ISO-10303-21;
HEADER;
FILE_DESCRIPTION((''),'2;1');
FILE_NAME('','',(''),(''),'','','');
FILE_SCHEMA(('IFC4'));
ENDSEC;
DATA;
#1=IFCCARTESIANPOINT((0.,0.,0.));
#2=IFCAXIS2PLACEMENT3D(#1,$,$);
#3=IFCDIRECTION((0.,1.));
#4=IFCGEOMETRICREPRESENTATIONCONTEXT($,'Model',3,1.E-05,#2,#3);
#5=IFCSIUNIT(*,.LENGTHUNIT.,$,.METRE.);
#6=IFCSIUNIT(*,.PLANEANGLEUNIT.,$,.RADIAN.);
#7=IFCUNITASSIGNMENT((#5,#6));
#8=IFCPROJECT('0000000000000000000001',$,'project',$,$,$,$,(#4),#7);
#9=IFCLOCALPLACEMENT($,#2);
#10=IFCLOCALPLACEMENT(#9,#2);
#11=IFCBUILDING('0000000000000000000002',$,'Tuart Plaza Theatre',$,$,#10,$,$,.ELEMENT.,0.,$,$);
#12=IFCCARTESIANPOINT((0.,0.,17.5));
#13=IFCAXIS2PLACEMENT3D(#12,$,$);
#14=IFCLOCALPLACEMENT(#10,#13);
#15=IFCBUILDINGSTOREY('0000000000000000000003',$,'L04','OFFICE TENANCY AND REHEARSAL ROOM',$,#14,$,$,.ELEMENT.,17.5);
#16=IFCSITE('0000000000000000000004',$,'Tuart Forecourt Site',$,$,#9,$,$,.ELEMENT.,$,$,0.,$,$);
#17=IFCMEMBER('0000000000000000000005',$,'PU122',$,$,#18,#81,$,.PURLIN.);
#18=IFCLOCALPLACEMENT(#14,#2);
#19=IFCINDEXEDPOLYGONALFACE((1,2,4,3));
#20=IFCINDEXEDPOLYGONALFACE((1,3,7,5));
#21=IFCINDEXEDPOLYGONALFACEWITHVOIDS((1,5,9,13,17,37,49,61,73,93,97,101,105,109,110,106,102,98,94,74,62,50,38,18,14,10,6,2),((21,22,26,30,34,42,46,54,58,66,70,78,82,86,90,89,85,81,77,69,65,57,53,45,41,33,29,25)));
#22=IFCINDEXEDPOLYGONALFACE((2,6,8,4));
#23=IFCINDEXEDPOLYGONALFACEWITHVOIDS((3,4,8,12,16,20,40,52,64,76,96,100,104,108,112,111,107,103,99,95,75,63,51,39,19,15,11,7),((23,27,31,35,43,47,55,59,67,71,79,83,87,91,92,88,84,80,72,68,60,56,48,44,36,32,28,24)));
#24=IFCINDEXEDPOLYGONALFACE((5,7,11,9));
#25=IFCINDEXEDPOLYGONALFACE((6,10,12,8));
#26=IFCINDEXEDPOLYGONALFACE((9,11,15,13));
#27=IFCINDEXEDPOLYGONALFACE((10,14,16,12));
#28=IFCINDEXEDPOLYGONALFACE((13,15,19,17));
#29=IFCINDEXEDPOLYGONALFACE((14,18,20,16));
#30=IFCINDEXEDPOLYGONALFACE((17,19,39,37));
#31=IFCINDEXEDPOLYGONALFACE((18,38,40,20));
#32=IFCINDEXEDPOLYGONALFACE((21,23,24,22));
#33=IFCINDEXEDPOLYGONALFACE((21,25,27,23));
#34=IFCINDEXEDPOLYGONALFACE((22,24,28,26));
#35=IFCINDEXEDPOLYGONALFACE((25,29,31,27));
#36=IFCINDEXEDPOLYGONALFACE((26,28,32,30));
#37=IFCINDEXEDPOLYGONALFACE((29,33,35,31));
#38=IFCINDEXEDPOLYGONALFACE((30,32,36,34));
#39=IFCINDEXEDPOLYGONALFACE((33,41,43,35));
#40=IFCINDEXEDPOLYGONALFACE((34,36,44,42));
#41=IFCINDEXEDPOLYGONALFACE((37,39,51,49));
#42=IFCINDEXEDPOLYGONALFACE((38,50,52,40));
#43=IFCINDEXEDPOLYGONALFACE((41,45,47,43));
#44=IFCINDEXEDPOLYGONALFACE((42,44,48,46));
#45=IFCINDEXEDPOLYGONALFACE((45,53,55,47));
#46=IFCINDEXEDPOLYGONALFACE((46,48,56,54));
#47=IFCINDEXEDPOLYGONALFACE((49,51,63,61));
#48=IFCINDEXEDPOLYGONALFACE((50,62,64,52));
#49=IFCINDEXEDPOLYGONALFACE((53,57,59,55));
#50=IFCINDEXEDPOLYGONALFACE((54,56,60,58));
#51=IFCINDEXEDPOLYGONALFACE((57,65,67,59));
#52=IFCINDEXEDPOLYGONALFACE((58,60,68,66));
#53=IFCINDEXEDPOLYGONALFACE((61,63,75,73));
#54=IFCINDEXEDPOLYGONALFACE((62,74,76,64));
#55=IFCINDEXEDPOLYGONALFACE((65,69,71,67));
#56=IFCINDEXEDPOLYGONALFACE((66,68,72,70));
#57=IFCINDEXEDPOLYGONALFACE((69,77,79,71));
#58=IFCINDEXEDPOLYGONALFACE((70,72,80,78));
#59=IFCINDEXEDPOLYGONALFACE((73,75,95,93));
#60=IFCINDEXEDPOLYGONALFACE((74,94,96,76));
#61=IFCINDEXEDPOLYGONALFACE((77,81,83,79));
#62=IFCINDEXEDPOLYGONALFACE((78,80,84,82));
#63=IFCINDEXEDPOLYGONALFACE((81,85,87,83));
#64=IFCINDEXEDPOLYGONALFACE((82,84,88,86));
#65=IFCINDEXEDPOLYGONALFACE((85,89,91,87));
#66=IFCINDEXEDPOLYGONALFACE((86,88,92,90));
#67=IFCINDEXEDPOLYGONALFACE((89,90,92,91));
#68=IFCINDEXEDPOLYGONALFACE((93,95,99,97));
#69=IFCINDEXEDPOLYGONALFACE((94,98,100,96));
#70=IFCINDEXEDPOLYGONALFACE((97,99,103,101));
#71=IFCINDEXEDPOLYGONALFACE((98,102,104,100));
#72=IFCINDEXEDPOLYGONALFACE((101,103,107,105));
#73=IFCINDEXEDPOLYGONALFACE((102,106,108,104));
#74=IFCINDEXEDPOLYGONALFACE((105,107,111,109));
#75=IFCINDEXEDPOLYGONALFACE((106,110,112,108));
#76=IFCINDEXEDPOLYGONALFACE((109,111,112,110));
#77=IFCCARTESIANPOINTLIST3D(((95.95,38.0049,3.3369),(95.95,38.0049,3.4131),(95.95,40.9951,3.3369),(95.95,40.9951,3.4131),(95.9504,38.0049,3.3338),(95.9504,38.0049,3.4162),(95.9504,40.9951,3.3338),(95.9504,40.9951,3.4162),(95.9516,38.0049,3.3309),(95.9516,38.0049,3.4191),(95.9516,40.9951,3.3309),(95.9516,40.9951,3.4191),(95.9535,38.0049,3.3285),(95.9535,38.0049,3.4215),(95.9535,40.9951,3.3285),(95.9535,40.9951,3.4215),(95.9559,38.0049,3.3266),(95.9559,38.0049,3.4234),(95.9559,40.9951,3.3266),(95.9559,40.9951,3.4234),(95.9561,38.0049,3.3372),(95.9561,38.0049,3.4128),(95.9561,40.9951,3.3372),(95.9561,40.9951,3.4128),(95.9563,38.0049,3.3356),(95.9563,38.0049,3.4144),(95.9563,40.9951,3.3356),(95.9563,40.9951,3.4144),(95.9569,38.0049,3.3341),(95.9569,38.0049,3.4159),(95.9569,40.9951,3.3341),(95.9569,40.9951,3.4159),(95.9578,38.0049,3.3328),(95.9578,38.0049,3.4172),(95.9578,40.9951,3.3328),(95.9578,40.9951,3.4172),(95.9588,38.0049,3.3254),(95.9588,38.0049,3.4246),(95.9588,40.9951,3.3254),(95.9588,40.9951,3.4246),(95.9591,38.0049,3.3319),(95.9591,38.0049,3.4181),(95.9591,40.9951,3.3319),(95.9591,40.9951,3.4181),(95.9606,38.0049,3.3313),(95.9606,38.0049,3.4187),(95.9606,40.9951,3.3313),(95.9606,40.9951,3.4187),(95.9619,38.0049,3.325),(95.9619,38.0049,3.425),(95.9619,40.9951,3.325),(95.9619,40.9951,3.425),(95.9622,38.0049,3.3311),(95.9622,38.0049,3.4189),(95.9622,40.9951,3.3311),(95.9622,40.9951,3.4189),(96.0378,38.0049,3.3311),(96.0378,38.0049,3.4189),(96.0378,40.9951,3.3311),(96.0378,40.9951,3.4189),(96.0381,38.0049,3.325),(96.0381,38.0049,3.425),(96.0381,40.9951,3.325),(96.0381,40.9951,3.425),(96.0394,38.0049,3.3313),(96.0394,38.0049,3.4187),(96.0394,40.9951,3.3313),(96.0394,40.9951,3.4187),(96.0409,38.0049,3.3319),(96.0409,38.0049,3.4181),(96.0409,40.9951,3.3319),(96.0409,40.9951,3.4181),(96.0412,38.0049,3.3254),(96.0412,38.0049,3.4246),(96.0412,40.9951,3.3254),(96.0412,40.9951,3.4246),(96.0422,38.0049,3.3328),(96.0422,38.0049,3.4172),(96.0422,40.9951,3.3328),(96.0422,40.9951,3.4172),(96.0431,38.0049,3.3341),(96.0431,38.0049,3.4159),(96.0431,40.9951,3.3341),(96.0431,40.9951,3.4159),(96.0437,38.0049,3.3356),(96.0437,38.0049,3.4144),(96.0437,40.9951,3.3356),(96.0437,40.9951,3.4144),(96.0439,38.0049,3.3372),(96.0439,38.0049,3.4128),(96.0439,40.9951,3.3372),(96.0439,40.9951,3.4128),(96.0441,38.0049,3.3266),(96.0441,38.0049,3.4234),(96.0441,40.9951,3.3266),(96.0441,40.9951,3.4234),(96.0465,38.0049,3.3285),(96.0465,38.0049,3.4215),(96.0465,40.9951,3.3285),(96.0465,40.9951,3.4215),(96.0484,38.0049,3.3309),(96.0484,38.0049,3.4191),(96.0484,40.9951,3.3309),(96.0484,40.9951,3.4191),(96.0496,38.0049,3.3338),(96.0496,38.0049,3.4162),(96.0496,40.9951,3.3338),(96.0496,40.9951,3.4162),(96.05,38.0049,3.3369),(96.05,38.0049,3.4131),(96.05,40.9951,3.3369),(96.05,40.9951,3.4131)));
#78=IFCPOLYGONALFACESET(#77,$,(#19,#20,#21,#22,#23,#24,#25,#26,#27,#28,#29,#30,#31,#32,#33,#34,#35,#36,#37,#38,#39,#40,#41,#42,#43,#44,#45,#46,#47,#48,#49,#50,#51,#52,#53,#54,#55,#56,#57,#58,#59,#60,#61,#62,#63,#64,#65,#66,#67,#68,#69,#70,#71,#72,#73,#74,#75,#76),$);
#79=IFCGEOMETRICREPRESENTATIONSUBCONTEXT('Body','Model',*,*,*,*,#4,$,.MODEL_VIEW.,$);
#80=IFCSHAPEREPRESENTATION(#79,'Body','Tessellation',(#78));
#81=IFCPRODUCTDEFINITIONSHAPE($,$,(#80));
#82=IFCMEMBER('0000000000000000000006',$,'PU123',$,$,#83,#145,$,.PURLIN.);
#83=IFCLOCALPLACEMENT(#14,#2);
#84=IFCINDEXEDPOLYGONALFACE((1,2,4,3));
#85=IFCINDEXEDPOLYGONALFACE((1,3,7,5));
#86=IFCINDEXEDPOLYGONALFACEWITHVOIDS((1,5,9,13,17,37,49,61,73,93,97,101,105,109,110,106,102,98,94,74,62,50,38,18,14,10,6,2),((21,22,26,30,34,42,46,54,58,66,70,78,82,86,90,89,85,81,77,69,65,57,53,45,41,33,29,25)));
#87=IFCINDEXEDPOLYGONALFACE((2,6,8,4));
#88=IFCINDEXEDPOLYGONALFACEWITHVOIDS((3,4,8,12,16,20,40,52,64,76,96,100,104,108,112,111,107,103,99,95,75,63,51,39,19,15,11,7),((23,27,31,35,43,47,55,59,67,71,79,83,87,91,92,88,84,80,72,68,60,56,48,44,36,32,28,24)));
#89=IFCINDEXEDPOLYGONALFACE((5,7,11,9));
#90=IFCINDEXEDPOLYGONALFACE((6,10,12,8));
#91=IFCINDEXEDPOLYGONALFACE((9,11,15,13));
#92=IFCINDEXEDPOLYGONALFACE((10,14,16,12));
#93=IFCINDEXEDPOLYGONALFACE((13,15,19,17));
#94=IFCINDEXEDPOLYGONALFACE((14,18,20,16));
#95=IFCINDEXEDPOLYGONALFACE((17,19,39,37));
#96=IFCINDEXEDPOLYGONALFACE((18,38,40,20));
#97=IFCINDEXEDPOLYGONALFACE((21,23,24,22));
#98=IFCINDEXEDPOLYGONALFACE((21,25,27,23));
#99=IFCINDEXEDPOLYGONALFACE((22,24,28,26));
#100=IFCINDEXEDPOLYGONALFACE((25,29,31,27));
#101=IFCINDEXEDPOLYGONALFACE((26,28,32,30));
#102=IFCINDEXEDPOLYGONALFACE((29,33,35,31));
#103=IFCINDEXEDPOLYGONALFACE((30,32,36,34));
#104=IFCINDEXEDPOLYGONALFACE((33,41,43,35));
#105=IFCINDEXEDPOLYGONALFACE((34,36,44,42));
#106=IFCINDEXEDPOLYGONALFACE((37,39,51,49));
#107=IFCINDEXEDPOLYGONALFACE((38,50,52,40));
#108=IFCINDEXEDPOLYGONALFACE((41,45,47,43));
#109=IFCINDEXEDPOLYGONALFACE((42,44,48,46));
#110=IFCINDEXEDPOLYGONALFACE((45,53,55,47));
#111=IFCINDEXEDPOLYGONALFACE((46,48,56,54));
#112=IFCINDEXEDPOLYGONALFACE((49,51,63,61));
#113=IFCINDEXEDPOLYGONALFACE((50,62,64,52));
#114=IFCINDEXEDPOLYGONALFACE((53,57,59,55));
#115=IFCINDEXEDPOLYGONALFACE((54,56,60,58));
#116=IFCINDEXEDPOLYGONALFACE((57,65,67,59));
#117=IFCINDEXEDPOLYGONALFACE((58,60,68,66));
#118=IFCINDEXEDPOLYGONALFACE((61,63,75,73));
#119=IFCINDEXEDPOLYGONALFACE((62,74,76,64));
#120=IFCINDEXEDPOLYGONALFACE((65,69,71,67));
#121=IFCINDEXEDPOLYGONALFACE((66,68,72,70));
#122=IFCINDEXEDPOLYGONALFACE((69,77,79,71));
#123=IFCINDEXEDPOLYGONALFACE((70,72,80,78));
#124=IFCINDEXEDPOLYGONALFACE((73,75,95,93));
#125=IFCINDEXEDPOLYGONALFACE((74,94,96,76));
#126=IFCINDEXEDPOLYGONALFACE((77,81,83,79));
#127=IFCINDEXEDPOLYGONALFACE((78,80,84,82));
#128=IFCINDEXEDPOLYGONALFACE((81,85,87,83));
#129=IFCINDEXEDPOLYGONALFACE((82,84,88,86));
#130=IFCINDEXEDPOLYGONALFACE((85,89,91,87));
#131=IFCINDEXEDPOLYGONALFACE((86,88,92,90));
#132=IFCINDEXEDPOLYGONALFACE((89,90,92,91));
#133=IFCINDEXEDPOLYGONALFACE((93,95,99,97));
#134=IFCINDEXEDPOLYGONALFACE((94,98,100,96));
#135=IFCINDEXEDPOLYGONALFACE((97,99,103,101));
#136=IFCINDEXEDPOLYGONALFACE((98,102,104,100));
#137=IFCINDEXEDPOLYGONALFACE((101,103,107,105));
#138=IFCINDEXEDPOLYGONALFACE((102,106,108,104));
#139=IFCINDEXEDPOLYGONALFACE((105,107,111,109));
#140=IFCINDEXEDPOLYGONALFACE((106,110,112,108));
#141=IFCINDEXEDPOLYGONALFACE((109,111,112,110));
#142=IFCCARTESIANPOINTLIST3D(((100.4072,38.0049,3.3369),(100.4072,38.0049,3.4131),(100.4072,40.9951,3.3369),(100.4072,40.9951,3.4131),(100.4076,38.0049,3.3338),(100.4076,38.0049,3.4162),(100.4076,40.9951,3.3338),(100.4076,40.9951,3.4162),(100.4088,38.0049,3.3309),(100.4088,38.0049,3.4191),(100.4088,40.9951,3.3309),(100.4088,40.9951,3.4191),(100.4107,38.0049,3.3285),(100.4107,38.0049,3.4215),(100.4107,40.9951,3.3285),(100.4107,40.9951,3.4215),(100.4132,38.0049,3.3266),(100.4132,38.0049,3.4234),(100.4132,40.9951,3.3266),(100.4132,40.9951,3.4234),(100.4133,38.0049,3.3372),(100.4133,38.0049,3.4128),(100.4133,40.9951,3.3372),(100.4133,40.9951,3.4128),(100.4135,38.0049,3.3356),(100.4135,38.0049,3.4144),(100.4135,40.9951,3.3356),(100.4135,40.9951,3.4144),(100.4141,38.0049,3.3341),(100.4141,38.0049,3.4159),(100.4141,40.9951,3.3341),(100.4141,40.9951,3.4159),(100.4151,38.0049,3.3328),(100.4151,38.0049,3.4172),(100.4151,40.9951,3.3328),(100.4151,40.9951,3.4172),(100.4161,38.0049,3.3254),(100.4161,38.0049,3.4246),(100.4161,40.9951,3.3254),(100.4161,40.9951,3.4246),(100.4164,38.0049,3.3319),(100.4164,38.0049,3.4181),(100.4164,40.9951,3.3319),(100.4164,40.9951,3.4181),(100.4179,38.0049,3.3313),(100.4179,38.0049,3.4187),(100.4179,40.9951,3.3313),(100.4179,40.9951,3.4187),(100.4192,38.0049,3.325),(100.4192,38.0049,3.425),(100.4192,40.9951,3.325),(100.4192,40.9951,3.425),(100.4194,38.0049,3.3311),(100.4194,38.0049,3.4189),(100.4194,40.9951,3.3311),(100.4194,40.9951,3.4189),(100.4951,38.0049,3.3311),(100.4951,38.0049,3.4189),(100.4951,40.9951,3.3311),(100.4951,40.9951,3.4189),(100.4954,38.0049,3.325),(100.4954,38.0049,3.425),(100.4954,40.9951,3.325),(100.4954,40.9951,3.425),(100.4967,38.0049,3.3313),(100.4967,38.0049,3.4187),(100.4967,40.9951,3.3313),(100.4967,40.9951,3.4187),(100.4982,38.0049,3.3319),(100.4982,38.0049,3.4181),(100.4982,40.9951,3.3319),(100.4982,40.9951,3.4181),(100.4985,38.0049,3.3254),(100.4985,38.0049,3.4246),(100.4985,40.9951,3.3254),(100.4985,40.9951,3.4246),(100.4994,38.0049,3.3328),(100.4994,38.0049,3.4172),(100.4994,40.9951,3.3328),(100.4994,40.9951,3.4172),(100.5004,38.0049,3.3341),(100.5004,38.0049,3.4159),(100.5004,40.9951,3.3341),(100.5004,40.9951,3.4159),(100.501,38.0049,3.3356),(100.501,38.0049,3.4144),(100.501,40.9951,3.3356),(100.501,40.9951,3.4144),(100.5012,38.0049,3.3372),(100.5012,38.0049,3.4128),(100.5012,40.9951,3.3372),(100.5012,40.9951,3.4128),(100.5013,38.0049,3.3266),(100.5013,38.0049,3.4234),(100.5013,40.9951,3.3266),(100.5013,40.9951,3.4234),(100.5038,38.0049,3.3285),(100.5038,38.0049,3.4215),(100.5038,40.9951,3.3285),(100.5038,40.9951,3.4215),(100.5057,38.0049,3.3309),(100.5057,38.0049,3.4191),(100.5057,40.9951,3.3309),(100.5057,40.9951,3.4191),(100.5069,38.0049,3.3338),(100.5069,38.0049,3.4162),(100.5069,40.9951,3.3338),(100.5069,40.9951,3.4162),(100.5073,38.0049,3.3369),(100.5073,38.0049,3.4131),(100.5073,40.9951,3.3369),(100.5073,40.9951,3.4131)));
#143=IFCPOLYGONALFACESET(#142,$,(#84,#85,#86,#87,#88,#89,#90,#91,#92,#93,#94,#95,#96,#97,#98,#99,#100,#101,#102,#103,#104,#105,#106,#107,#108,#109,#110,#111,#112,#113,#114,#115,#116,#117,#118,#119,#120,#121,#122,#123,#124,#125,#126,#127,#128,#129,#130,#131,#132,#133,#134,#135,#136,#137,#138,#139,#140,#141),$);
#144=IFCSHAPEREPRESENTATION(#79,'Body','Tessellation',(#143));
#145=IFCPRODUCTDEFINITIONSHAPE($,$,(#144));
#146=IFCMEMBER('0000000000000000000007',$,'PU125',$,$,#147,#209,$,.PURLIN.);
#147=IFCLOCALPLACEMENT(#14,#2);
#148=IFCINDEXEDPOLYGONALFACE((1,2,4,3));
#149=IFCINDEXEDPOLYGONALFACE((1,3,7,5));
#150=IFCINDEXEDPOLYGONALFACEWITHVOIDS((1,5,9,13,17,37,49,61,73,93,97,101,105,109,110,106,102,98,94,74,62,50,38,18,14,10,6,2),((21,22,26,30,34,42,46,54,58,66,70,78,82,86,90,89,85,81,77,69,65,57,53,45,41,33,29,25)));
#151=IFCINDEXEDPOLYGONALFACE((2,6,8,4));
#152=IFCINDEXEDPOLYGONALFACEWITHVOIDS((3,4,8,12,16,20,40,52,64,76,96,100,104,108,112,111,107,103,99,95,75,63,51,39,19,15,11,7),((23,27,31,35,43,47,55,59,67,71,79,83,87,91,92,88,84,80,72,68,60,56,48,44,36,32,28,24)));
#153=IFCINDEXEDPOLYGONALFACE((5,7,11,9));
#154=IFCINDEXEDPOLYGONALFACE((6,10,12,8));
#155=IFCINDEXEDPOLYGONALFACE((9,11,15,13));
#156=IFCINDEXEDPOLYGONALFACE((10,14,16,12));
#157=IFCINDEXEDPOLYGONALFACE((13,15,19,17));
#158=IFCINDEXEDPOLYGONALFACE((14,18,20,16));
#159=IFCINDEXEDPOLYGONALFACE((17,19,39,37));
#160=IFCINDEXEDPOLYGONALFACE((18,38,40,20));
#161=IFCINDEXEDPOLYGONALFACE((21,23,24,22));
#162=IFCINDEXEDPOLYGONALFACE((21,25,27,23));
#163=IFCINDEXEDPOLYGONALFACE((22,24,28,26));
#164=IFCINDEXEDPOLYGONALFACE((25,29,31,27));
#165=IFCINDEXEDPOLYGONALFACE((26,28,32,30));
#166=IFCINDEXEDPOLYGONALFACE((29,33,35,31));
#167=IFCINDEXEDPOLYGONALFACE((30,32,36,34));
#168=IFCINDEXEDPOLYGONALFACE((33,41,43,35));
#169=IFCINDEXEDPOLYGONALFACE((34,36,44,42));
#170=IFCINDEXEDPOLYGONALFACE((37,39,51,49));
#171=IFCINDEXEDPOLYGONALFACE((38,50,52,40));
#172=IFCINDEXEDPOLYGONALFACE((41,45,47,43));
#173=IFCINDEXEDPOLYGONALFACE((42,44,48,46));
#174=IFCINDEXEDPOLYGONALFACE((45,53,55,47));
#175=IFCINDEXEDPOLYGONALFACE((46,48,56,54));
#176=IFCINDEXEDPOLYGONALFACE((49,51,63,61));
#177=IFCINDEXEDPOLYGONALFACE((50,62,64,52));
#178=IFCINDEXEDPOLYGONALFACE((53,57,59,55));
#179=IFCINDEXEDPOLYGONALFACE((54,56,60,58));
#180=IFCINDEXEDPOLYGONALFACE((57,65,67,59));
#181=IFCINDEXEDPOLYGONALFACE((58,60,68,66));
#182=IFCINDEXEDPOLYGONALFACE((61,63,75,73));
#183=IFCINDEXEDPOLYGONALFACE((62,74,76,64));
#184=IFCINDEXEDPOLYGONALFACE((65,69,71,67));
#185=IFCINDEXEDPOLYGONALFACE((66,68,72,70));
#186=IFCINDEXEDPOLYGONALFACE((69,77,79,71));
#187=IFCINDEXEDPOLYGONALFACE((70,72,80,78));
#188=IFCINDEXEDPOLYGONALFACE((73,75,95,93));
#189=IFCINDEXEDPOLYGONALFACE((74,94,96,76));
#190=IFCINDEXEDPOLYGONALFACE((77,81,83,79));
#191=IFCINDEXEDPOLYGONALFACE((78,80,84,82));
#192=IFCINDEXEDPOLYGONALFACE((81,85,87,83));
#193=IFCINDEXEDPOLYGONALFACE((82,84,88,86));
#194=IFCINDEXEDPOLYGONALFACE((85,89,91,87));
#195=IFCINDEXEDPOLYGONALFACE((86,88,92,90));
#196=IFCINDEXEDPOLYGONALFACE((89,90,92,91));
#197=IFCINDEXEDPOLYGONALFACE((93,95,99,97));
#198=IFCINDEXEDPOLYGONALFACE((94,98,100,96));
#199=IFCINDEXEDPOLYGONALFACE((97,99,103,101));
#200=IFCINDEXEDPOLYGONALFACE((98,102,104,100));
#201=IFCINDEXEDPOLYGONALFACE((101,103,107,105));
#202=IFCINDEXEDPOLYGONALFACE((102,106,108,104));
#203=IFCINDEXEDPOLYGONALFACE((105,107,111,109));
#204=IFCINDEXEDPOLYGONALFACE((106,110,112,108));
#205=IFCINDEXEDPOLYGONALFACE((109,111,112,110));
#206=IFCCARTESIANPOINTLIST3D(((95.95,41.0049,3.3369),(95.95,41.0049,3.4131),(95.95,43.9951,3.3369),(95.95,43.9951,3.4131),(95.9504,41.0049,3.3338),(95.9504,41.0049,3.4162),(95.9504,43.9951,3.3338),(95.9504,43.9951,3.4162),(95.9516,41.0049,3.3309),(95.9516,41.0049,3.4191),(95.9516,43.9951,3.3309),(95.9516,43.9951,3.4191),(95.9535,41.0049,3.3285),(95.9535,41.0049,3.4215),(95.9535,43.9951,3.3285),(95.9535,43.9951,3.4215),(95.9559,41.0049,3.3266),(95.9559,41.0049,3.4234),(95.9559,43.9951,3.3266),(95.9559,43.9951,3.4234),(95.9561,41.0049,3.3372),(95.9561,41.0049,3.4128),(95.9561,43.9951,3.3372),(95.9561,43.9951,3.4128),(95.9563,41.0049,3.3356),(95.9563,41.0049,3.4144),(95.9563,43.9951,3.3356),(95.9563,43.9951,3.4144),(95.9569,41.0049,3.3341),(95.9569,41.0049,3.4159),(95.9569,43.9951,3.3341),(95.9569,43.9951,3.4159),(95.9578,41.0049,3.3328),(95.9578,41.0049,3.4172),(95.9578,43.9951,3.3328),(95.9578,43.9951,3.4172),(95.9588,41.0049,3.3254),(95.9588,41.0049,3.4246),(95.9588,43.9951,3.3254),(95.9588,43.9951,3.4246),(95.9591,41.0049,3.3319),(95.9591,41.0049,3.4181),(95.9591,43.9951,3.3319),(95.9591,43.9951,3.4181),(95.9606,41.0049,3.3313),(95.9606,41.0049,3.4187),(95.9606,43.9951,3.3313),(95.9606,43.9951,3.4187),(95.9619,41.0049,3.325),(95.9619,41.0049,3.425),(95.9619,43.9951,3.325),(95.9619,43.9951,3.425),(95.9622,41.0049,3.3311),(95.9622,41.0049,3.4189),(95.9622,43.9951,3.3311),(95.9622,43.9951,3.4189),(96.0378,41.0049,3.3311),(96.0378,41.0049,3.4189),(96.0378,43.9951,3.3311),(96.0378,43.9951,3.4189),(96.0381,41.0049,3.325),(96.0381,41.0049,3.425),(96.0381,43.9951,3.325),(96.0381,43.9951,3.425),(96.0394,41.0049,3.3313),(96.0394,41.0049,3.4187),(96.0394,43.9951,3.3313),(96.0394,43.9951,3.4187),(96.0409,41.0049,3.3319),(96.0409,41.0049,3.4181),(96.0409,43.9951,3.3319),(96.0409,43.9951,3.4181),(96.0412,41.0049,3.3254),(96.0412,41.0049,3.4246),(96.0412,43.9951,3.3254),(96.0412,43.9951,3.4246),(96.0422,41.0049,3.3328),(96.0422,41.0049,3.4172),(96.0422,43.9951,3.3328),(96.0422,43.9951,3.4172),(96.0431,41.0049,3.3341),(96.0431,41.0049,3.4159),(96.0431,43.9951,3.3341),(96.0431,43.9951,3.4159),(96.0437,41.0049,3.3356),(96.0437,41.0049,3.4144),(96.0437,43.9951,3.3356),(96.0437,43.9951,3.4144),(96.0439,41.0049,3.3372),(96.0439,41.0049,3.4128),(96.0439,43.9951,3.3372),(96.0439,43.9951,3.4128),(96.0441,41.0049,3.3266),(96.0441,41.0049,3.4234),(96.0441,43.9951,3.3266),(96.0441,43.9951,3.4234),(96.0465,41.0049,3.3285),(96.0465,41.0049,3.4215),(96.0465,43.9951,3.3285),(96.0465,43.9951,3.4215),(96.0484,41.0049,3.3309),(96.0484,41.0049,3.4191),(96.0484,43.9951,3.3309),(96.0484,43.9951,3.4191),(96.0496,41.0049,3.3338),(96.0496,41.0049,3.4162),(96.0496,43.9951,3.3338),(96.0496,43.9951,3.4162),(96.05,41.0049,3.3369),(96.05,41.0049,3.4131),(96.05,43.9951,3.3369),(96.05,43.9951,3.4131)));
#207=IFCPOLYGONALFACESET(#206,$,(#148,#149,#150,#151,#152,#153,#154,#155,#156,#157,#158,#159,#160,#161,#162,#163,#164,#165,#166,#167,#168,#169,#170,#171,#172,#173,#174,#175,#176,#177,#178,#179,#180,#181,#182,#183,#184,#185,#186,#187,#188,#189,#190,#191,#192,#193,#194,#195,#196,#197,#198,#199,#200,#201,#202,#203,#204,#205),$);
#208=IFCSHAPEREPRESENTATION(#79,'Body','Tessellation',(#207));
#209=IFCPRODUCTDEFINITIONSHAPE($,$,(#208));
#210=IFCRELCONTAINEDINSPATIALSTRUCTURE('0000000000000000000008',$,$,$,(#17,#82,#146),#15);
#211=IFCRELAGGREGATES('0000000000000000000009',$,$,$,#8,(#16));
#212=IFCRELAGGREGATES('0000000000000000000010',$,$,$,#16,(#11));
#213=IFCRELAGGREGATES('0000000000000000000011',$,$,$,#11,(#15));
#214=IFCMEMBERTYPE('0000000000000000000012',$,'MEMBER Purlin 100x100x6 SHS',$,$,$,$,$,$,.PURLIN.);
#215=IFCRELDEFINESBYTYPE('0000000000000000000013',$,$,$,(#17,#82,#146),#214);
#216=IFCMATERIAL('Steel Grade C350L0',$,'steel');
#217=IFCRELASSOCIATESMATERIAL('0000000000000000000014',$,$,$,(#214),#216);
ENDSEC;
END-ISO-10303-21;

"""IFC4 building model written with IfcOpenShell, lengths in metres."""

from ifc_helpers import new_model, si_unit, direction, frame, origin, origin_2d, place, context, subcontext, project, spatial, hollow_rectangle, extrude, material, material_profile, profile_set, type_object, element, save


model = new_model("IFC4")

# Units and contexts
model_context = context("Model", 3, precision=1e-05, world=origin(), true_north=direction((0.0, 1.0)))
body_context = subcontext(model_context, "Body", "Model", "MODEL_VIEW")
ifc_project = project(units=[si_unit("LENGTHUNIT", "METRE"), si_unit("PLANEANGLEUNIT", "RADIAN")], contexts=[model_context])

# Site, building, storey
site_placement = place(None, origin())
site = spatial("IfcSite", under=ifc_project, at=site_placement, Name="Tuart Forecourt Site", CompositionType="ELEMENT", RefElevation=0.0)
building_placement = place(site_placement, origin())
building = spatial("IfcBuilding", under=site, at=building_placement, Name="Tuart Plaza Theatre", CompositionType="ELEMENT", ElevationOfRefHeight=0.0)
storey_placement = place(building_placement, frame((0.0, 0.0, 17.5)))
storey = spatial("IfcBuildingStorey", under=building, at=storey_placement, Name="L04", Description="OFFICE TENANCY AND REHEARSAL ROOM", CompositionType="ELEMENT", Elevation=17.5)

# Members
ifc_material_1 = material(Name="Steel Grade C350L0", Category="steel")
ifc_material_profile_1 = material_profile(ifc_material_1, hollow_rectangle(XDim=0.1001, YDim=0.1001, WallThickness=0.0061, InnerFilletRadius=0.0061, OuterFilletRadius=0.012, at=origin_2d()), Name="100x100x6 SHS")
ifc_profile_set_1 = profile_set([ifc_material_profile_1], Name="Steel Grade C350L0")
member_type_1 = type_object("IfcMemberType", Name="MEMBER Purlin 100x100x6 SHS", PredefinedType="PURLIN", material=ifc_profile_set_1)
for number, where, z_axis, x_axis, name in (
    (1, (96.0, 38.0049, 3.375), (0.0, 1.0, 0.0), (-1.0, 0.0, 0.0), "PU122"),
    (2, (100.4573, 38.0049, 3.375), (0.0, 1.0, 0.0), (-1.0, 0.0, 0.0), "PU123"),
    (3, (96.0, 41.0049, 3.375), (0.0, 1.0, 0.0), (-1.0, 0.0, 0.0), "PU125"),
):
    element("IfcMember", number, at=place(storey_placement, frame(where, z_axis=z_axis, x_axis=x_axis)), inside=storey, type_object=member_type_1, Name=name, PredefinedType="PURLIN", context=body_context, shape_type="SweptSolid", body=[
        extrude(hollow_rectangle(XDim=0.1001, YDim=0.1001, WallThickness=0.0061, InnerFilletRadius=0.0061, OuterFilletRadius=0.012, at=origin_2d()), origin(), (0.0, 0.0, 1.0), 2.9902),
    ])

save(model, "model.ifc")
